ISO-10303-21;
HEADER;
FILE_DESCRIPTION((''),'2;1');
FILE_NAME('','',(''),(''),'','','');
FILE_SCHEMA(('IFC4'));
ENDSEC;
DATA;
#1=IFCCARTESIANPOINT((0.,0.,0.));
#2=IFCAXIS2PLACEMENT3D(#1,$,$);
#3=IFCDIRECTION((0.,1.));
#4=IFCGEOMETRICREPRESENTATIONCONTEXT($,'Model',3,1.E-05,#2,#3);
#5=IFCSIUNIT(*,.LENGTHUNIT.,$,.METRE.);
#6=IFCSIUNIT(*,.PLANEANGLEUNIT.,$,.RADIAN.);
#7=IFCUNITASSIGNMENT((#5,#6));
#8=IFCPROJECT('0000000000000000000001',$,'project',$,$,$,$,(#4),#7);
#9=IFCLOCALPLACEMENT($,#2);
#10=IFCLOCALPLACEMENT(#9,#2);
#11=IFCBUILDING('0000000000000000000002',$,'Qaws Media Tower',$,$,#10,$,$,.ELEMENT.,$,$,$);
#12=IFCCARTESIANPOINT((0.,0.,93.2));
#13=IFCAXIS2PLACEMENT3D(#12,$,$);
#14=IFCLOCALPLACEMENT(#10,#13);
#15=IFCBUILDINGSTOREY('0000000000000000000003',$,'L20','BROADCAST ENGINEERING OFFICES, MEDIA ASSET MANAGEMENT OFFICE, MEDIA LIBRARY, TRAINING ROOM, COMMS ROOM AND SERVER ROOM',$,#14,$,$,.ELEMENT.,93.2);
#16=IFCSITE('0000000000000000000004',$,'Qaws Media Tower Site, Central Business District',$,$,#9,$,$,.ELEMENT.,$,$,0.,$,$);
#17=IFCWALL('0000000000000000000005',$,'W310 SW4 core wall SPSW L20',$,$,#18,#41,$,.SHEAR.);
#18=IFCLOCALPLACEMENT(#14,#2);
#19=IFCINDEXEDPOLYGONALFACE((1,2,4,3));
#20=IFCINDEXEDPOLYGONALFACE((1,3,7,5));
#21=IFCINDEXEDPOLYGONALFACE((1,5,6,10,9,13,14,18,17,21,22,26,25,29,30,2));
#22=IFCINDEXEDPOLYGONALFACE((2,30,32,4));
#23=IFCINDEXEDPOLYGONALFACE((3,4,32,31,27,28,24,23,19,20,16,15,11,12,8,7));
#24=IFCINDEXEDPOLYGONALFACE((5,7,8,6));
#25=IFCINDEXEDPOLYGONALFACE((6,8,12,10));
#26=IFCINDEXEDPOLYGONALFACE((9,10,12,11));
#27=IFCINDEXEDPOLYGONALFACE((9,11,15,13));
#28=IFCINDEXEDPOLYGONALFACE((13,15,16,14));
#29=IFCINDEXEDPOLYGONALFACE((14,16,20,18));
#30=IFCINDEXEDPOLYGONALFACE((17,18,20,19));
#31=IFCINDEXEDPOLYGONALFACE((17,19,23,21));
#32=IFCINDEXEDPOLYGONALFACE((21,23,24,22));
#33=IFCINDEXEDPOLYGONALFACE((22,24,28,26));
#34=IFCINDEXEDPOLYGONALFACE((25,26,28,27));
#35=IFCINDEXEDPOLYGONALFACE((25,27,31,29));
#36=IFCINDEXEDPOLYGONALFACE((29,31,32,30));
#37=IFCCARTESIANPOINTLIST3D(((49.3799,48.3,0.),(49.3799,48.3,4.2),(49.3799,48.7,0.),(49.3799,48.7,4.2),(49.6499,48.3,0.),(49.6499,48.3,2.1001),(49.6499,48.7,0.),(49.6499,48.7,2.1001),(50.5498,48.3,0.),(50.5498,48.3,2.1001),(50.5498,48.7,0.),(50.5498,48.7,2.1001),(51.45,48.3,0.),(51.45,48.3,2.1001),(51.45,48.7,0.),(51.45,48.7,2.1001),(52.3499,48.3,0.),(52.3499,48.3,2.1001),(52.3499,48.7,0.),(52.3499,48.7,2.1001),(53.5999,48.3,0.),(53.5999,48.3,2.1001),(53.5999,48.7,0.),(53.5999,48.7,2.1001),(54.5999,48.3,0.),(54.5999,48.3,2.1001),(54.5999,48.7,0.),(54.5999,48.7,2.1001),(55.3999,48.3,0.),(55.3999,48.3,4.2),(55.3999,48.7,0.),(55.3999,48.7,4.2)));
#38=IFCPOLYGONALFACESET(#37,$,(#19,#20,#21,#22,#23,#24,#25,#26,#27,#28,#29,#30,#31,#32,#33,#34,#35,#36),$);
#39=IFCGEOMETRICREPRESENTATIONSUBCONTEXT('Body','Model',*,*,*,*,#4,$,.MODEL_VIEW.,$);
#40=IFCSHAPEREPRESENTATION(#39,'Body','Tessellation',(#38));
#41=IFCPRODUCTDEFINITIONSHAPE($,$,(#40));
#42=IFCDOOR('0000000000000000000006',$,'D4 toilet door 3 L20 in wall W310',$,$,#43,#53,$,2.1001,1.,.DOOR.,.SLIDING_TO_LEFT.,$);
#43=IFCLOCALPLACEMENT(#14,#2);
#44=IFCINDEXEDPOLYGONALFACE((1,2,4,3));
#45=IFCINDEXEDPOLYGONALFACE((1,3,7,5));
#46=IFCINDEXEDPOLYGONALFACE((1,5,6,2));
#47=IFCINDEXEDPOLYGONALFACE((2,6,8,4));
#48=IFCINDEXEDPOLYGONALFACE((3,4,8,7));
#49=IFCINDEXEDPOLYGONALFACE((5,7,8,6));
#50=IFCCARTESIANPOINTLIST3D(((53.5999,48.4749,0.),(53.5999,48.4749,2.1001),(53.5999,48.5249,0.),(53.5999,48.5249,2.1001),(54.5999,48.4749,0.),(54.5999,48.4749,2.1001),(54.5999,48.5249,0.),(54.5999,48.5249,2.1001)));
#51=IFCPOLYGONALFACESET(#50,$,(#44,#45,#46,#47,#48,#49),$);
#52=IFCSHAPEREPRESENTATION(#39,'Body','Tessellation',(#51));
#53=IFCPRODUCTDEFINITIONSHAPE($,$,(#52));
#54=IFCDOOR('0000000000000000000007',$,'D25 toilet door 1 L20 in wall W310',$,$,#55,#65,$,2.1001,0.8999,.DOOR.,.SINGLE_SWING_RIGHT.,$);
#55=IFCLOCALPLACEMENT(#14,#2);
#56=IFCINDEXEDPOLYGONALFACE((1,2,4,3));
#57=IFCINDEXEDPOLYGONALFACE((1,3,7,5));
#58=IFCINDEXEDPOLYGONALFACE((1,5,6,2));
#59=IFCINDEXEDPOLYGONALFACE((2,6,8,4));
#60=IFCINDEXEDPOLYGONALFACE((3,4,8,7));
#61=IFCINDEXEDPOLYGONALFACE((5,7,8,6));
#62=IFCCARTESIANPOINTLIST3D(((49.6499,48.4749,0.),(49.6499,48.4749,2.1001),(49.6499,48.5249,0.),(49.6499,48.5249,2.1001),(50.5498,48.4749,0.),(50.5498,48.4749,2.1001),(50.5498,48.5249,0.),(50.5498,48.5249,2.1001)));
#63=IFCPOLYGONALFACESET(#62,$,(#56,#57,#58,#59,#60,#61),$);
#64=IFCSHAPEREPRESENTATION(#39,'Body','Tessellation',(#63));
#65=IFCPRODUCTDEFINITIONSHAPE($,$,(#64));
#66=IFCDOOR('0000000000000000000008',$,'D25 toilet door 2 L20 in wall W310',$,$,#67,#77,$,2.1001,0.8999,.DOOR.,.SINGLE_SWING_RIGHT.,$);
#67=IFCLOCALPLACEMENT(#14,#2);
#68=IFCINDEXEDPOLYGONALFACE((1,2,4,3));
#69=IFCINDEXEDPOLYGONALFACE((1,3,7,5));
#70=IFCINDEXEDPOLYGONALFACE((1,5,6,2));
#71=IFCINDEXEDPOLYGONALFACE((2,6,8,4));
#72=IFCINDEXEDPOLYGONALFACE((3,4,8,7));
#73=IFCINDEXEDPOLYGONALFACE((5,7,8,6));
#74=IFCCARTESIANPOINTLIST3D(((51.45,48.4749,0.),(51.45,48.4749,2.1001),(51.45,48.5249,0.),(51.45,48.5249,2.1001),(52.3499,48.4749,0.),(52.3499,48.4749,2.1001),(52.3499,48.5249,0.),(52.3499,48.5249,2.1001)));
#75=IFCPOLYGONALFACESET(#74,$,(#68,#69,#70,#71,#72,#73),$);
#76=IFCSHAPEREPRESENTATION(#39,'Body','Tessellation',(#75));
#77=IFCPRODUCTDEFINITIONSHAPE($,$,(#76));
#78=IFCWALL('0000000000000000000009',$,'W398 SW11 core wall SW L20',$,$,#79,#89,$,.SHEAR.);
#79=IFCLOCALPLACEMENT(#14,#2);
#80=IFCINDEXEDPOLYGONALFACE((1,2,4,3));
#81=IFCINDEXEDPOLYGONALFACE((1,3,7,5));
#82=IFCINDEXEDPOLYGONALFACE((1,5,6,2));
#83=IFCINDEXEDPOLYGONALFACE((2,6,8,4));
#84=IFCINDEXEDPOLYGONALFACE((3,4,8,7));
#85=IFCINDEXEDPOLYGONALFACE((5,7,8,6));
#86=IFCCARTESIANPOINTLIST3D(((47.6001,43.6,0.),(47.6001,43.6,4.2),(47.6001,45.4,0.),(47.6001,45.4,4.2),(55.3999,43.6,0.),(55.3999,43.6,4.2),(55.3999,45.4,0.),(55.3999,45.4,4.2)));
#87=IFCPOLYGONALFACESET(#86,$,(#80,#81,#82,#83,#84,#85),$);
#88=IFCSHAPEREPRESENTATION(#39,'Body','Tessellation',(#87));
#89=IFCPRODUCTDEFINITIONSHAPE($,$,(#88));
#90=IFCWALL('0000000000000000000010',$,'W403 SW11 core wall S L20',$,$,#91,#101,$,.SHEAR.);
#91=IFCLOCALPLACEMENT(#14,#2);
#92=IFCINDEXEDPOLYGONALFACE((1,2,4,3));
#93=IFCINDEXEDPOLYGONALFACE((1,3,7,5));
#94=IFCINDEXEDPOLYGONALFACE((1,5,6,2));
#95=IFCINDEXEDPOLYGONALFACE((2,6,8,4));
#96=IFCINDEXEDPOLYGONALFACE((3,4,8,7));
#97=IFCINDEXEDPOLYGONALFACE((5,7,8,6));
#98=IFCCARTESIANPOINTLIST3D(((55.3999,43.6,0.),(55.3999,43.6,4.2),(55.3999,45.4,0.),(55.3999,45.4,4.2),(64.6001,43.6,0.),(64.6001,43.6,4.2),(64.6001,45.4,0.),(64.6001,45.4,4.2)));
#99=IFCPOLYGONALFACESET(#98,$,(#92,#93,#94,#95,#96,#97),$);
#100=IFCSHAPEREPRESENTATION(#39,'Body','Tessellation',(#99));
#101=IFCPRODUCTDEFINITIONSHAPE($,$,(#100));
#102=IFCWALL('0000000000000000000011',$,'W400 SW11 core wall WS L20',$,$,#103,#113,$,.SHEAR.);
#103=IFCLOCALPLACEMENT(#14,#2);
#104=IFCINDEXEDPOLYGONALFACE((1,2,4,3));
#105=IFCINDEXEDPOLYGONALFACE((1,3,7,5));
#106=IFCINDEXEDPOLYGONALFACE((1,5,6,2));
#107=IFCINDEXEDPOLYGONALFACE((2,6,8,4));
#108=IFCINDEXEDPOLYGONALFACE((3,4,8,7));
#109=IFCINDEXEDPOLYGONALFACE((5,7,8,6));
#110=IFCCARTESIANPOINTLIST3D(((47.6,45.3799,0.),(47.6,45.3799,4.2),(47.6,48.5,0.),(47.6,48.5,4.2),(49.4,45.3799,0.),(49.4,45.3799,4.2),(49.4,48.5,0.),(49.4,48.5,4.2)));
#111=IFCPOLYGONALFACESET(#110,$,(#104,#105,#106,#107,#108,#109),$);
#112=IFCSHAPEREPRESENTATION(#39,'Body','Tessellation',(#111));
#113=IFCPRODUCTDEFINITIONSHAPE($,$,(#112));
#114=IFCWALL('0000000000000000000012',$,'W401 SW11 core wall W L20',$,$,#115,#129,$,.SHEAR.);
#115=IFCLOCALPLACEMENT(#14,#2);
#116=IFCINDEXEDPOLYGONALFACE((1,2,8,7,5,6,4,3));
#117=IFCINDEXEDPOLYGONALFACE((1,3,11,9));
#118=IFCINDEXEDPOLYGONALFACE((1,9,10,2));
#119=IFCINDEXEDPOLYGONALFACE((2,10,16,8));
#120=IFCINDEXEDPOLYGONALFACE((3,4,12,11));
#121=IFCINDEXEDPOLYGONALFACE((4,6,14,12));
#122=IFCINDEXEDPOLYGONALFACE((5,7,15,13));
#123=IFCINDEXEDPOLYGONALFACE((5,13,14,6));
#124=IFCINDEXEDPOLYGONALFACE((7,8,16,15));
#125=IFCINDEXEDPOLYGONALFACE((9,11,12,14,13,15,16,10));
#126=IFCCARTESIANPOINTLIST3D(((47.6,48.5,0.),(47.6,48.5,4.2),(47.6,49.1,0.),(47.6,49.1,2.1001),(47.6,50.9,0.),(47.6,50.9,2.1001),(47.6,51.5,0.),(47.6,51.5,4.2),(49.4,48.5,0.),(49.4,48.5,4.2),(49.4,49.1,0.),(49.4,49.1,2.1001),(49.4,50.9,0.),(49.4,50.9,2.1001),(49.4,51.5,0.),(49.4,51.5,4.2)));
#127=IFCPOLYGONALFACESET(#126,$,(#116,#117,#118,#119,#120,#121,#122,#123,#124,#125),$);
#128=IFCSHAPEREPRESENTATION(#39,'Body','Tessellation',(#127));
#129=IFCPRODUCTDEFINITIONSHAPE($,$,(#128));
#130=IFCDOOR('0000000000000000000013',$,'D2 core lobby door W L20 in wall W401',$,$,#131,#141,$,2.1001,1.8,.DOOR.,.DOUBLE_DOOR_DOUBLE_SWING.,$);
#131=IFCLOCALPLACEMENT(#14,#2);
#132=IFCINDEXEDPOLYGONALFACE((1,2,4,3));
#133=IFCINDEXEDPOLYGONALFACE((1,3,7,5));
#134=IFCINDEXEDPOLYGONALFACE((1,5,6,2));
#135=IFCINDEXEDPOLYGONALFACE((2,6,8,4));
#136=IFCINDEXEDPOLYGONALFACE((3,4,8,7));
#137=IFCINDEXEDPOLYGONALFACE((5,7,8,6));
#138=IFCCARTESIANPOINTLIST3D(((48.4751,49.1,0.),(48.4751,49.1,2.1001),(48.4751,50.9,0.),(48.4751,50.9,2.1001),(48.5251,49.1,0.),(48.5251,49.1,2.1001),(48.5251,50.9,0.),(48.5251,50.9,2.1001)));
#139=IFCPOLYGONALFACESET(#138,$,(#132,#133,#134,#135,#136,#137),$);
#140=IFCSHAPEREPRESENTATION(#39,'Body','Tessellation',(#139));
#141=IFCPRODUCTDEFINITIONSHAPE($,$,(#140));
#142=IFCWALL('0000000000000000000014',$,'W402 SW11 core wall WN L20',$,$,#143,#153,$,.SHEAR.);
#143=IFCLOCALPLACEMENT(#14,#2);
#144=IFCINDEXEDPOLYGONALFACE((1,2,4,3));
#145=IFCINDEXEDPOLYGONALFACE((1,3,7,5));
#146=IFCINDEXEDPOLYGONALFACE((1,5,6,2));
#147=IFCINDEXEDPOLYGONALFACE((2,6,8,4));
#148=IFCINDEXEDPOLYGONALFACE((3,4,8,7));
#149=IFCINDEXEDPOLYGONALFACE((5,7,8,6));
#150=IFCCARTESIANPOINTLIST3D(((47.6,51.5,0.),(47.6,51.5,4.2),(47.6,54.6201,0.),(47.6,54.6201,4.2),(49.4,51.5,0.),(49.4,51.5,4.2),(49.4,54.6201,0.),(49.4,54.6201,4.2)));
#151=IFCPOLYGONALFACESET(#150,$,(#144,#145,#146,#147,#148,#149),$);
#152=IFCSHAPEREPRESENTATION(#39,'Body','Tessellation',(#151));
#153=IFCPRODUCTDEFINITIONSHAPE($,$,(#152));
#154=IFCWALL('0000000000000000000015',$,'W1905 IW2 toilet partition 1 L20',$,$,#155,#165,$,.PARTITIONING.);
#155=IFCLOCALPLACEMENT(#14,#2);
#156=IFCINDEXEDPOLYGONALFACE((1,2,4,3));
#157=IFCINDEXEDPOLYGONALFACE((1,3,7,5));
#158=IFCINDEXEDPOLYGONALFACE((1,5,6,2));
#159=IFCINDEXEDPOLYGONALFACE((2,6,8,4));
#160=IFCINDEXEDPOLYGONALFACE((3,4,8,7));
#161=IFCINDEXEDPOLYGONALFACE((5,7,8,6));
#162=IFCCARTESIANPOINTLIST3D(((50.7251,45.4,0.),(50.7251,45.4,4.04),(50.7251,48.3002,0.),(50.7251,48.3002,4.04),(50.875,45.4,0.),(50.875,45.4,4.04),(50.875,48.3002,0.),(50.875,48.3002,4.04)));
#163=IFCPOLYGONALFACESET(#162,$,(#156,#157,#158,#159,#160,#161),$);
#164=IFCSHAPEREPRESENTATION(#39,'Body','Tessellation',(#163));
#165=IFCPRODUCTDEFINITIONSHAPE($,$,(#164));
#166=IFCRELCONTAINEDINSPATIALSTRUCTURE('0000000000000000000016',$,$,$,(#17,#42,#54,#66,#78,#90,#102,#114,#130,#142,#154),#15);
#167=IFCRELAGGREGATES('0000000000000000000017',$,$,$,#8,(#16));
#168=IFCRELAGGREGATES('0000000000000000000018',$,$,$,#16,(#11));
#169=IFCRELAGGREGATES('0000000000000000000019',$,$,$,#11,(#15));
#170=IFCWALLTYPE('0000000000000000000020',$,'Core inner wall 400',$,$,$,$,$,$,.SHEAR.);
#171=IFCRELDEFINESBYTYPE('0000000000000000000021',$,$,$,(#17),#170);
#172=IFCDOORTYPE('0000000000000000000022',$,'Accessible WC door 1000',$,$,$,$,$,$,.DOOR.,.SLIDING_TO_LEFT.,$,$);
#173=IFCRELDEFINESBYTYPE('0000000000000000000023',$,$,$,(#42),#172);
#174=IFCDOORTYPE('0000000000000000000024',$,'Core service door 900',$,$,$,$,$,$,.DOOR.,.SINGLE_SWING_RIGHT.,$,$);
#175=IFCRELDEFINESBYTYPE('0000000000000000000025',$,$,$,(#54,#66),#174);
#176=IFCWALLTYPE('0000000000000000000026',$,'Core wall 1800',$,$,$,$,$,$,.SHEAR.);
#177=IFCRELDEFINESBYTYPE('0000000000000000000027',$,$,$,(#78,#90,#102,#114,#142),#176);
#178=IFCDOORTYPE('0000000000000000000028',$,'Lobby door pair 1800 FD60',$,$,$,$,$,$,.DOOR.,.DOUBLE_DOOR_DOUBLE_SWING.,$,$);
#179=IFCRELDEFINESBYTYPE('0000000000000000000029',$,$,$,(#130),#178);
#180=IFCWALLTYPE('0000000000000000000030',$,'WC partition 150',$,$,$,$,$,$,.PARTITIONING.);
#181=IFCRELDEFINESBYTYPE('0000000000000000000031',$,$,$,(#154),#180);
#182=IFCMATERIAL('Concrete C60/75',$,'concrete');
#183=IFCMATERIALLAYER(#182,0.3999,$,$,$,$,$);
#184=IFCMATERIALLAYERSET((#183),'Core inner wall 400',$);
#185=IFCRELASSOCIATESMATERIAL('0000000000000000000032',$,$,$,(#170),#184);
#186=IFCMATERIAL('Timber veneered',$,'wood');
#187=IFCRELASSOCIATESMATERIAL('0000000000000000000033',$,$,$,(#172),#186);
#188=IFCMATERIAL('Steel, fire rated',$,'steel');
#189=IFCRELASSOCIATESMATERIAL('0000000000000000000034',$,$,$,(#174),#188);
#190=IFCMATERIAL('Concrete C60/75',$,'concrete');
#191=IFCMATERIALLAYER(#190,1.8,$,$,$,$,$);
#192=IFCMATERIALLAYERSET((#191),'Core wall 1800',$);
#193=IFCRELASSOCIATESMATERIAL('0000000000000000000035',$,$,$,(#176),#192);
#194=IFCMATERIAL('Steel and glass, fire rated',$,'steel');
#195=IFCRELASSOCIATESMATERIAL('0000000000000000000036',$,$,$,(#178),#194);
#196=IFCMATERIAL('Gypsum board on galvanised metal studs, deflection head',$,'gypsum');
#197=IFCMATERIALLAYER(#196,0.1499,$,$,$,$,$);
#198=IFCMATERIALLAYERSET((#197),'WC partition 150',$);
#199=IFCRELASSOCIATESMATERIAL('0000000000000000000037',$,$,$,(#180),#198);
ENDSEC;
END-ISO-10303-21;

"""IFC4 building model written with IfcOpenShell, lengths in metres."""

from ifc_helpers import new_model, si_unit, direction, frame, frame_2d, origin, place, context, subcontext, project, spatial, rectangle, extrude, material, layer, layer_set, type_object, element, fill, save


model = new_model("IFC4")

# Units and contexts
model_context = context("Model", 3, precision=1e-05, world=origin(), true_north=direction((0.0, 1.0)))
body_context = subcontext(model_context, "Body", "Model", "MODEL_VIEW")
ifc_project = project(units=[si_unit("LENGTHUNIT", "METRE"), si_unit("PLANEANGLEUNIT", "RADIAN")], contexts=[model_context])

# Site, building, storey
site_placement = place(None, origin())
site = spatial("IfcSite", under=ifc_project, at=site_placement, Name="Qaws Media Tower Site, Central Business District", CompositionType="ELEMENT", RefElevation=0.0)
building_placement = place(site_placement, origin())
building = spatial("IfcBuilding", under=site, at=building_placement, Name="Qaws Media Tower", CompositionType="ELEMENT")
storey_placement = place(building_placement, frame((0.0, 0.0, 93.2)))
storey = spatial("IfcBuildingStorey", under=building, at=storey_placement, Name="L20", Description="BROADCAST ENGINEERING OFFICES, MEDIA ASSET MANAGEMENT OFFICE, MEDIA LIBRARY, TRAINING ROOM, COMMS ROOM AND SERVER ROOM", CompositionType="ELEMENT", Elevation=93.2)

# Shared definitions
ifc_material_1 = material(Name="Concrete C60/75", Category="concrete")
ifc_layer_1 = layer(ifc_material_1, 0.3999)
ifc_layer_set_1 = layer_set([ifc_layer_1], Name="Core inner wall 400")
wall_type_1 = type_object("IfcWallType", Name="Core inner wall 400", PredefinedType="SHEAR", material=ifc_layer_set_1)

# Wall, openings, doors
wall_1_placement = place(storey_placement, frame((49.3799, 48.5, 0.0), z_axis=(0.0, 0.0, 1.0), x_axis=(1.0, 0.0, 0.0)))
wall_1 = element("IfcWall", 1, at=wall_1_placement, inside=storey, type_object=wall_type_1, Name="W310 SW4 core wall SPSW L20", PredefinedType="SHEAR", context=body_context, shape_type="SweptSolid", body=[
    extrude(rectangle(XDim=6.02, YDim=0.3999, at=frame_2d((3.01, 0.0))), origin(), (0.0, 0.0, 1.0), 4.2),
])
opening_1_placement = place(wall_1_placement, frame((0.27, 0.0, 0.0)))
opening_1 = element("IfcOpeningElement", 2, at=opening_1_placement, cuts=wall_1, PredefinedType="OPENING", context=body_context, shape_type="SweptSolid", body=[
    extrude(rectangle(XDim=0.8999, YDim=2.1001, at=frame_2d((0.45, 1.05))), frame((0.0, 0.21, 0.0), z_axis=(0.0, -1.0, 0.0), x_axis=(1.0, 0.0, 0.0)), (0.0, 0.0, 1.0), 0.4199),
])
opening_2_placement = place(wall_1_placement, frame((2.0701, 0.0, 0.0)))
opening_2 = element("IfcOpeningElement", 3, at=opening_2_placement, cuts=wall_1, PredefinedType="OPENING", context=body_context, shape_type="SweptSolid", body=[
    extrude(rectangle(XDim=0.8999, YDim=2.1001, at=frame_2d((0.45, 1.05))), frame((0.0, 0.21, 0.0), z_axis=(0.0, -1.0, 0.0), x_axis=(1.0, 0.0, 0.0)), (0.0, 0.0, 1.0), 0.4199),
])
opening_3_placement = place(wall_1_placement, frame((4.22, 0.0, 0.0)))
opening_3 = element("IfcOpeningElement", 4, at=opening_3_placement, cuts=wall_1, PredefinedType="OPENING", context=body_context, shape_type="SweptSolid", body=[
    extrude(rectangle(XDim=1.0, YDim=2.1001, at=frame_2d((0.5, 1.05))), frame((0.0, 0.21, 0.0), z_axis=(0.0, -1.0, 0.0), x_axis=(1.0, 0.0, 0.0)), (0.0, 0.0, 1.0), 0.4199),
])
ifc_material_2 = material(Name="Timber veneered", Category="wood")
door_type_1 = type_object("IfcDoorType", Name="Accessible WC door 1000", OperationType="SLIDING_TO_LEFT", PredefinedType="DOOR", material=ifc_material_2)
door_1_placement = place(opening_3_placement, origin())
door_1 = element("IfcDoor", 5, at=door_1_placement, inside=storey, type_object=door_type_1, Name="D4 toilet door 3 L20 in wall W310", OperationType="SLIDING_TO_LEFT", OverallHeight=2.1001, OverallWidth=1.0, PredefinedType="DOOR", context=body_context, shape_type="SweptSolid", body=[
    extrude(rectangle(XDim=1.0, YDim=2.1001, at=frame_2d((0.5, 1.05))), frame((0.0, 0.0249, 0.0), z_axis=(0.0, -1.0, 0.0), x_axis=(1.0, 0.0, 0.0)), (0.0, 0.0, 1.0), 0.05),
])
fill(opening_3, door_1)
ifc_material_3 = material(Name="Steel, fire rated", Category="steel")
door_type_2 = type_object("IfcDoorType", Name="Core service door 900", OperationType="SINGLE_SWING_RIGHT", PredefinedType="DOOR", material=ifc_material_3)
door_2_placement = place(opening_1_placement, origin())
door_2 = element("IfcDoor", 6, at=door_2_placement, inside=storey, type_object=door_type_2, Name="D25 toilet door 1 L20 in wall W310", OperationType="SINGLE_SWING_RIGHT", OverallHeight=2.1001, OverallWidth=0.8999, PredefinedType="DOOR", context=body_context, shape_type="SweptSolid", body=[
    extrude(rectangle(XDim=0.8999, YDim=2.1001, at=frame_2d((0.45, 1.05))), frame((0.0, 0.0249, 0.0), z_axis=(0.0, -1.0, 0.0), x_axis=(1.0, 0.0, 0.0)), (0.0, 0.0, 1.0), 0.05),
])
fill(opening_1, door_2)
door_3_placement = place(opening_2_placement, origin())
door_3 = element("IfcDoor", 7, at=door_3_placement, inside=storey, type_object=door_type_2, Name="D25 toilet door 2 L20 in wall W310", OperationType="SINGLE_SWING_RIGHT", OverallHeight=2.1001, OverallWidth=0.8999, PredefinedType="DOOR", context=body_context, shape_type="SweptSolid", body=[
    extrude(rectangle(XDim=0.8999, YDim=2.1001, at=frame_2d((0.45, 1.05))), frame((0.0, 0.0249, 0.0), z_axis=(0.0, -1.0, 0.0), x_axis=(1.0, 0.0, 0.0)), (0.0, 0.0, 1.0), 0.05),
])
fill(opening_2, door_3)

# Walls
ifc_material_4 = material(Name="Concrete C60/75", Category="concrete")
ifc_layer_2 = layer(ifc_material_4, 1.8)
ifc_layer_set_2 = layer_set([ifc_layer_2], Name="Core wall 1800")
wall_type_2 = type_object("IfcWallType", Name="Core wall 1800", PredefinedType="SHEAR", material=ifc_layer_set_2)
wall_2_placement = place(storey_placement, frame((47.6001, 44.5, 0.0), z_axis=(0.0, 0.0, 1.0), x_axis=(1.0, 0.0, 0.0)))
element("IfcWall", 8, at=wall_2_placement, inside=storey, type_object=wall_type_2, Name="W398 SW11 core wall SW L20", PredefinedType="SHEAR", context=body_context, shape_type="SweptSolid", body=[
    extrude(rectangle(XDim=7.7998, YDim=1.8, at=frame_2d((3.8999, 0.0))), origin(), (0.0, 0.0, 1.0), 4.2),
])
wall_3_placement = place(storey_placement, frame((55.3999, 44.5, 0.0), z_axis=(0.0, 0.0, 1.0), x_axis=(1.0, 0.0, 0.0)))
element("IfcWall", 9, at=wall_3_placement, inside=storey, type_object=wall_type_2, Name="W403 SW11 core wall S L20", PredefinedType="SHEAR", context=body_context, shape_type="SweptSolid", body=[
    extrude(rectangle(XDim=9.2002, YDim=1.8, at=frame_2d((4.6001, 0.0))), origin(), (0.0, 0.0, 1.0), 4.2),
])
wall_4_placement = place(storey_placement, frame((48.5, 45.3799, 0.0), z_axis=(0.0, 0.0, 1.0), x_axis=(0.0, 1.0, 0.0)))
element("IfcWall", 10, at=wall_4_placement, inside=storey, type_object=wall_type_2, Name="W400 SW11 core wall WS L20", PredefinedType="SHEAR", context=body_context, shape_type="SweptSolid", body=[
    extrude(rectangle(XDim=3.1201, YDim=1.8, at=frame_2d((1.5601, 0.0))), origin(), (0.0, 0.0, 1.0), 4.2),
])

# Wall, opening, door
wall_5_placement = place(storey_placement, frame((48.5, 48.5, 0.0), z_axis=(0.0, 0.0, 1.0), x_axis=(0.0, 1.0, 0.0)))
wall_5 = element("IfcWall", 11, at=wall_5_placement, inside=storey, type_object=wall_type_2, Name="W401 SW11 core wall W L20", PredefinedType="SHEAR", context=body_context, shape_type="SweptSolid", body=[
    extrude(rectangle(XDim=3.0, YDim=1.8, at=frame_2d((1.5, 0.0))), origin(), (0.0, 0.0, 1.0), 4.2),
])
opening_4_placement = place(wall_5_placement, frame((0.6001, 0.0, 0.0)))
opening_4 = element("IfcOpeningElement", 12, at=opening_4_placement, cuts=wall_5, PredefinedType="OPENING", context=body_context, shape_type="SweptSolid", body=[
    extrude(rectangle(XDim=1.8, YDim=2.1001, at=frame_2d((0.8999, 1.05))), frame((0.0, 0.9099, 0.0), z_axis=(0.0, -1.0, 0.0), x_axis=(1.0, 0.0, 0.0)), (0.0, 0.0, 1.0), 1.8201),
])
ifc_material_5 = material(Name="Steel and glass, fire rated", Category="steel")
door_type_3 = type_object("IfcDoorType", Name="Lobby door pair 1800 FD60", OperationType="DOUBLE_DOOR_DOUBLE_SWING", PredefinedType="DOOR", material=ifc_material_5)
door_4_placement = place(opening_4_placement, origin())
door_4 = element("IfcDoor", 13, at=door_4_placement, inside=storey, type_object=door_type_3, Name="D2 core lobby door W L20 in wall W401", OperationType="DOUBLE_DOOR_DOUBLE_SWING", OverallHeight=2.1001, OverallWidth=1.8, PredefinedType="DOOR", context=body_context, shape_type="SweptSolid", body=[
    extrude(rectangle(XDim=1.8, YDim=2.1001, at=frame_2d((0.8999, 1.05))), frame((0.0, 0.0249, 0.0), z_axis=(0.0, -1.0, 0.0), x_axis=(1.0, 0.0, 0.0)), (0.0, 0.0, 1.0), 0.05),
])
fill(opening_4, door_4)

# Walls
wall_6_placement = place(storey_placement, frame((48.5, 51.5, 0.0), z_axis=(0.0, 0.0, 1.0), x_axis=(0.0, 1.0, 0.0)))
element("IfcWall", 14, at=wall_6_placement, inside=storey, type_object=wall_type_2, Name="W402 SW11 core wall WN L20", PredefinedType="SHEAR", context=body_context, shape_type="SweptSolid", body=[
    extrude(rectangle(XDim=3.1201, YDim=1.8, at=frame_2d((1.5601, 0.0))), origin(), (0.0, 0.0, 1.0), 4.2),
])
ifc_material_6 = material(Name="Gypsum board on galvanised metal studs, deflection head", Category="gypsum")
ifc_layer_3 = layer(ifc_material_6, 0.1499)
ifc_layer_set_3 = layer_set([ifc_layer_3], Name="WC partition 150")
wall_type_3 = type_object("IfcWallType", Name="WC partition 150", PredefinedType="PARTITIONING", material=ifc_layer_set_3)
for number, where, z_axis, x_axis, name in (
    (15, (50.8, 45.3999, 0.0), (0.0, 0.0, 1.0), (0.0, 1.0, 0.0), "W1905 IW2 toilet partition 1 L20"),
):
    element("IfcWall", number, at=place(storey_placement, frame(where, z_axis=z_axis, x_axis=x_axis)), inside=storey, type_object=wall_type_3, Name=name, PredefinedType="PARTITIONING", context=body_context, shape_type="SweptSolid", body=[
        extrude(rectangle(XDim=2.9001, YDim=0.1499, at=frame_2d((1.4502, 0.0))), origin(), (0.0, 0.0, 1.0), 4.04),
    ])

save(model, "model.ifc")
